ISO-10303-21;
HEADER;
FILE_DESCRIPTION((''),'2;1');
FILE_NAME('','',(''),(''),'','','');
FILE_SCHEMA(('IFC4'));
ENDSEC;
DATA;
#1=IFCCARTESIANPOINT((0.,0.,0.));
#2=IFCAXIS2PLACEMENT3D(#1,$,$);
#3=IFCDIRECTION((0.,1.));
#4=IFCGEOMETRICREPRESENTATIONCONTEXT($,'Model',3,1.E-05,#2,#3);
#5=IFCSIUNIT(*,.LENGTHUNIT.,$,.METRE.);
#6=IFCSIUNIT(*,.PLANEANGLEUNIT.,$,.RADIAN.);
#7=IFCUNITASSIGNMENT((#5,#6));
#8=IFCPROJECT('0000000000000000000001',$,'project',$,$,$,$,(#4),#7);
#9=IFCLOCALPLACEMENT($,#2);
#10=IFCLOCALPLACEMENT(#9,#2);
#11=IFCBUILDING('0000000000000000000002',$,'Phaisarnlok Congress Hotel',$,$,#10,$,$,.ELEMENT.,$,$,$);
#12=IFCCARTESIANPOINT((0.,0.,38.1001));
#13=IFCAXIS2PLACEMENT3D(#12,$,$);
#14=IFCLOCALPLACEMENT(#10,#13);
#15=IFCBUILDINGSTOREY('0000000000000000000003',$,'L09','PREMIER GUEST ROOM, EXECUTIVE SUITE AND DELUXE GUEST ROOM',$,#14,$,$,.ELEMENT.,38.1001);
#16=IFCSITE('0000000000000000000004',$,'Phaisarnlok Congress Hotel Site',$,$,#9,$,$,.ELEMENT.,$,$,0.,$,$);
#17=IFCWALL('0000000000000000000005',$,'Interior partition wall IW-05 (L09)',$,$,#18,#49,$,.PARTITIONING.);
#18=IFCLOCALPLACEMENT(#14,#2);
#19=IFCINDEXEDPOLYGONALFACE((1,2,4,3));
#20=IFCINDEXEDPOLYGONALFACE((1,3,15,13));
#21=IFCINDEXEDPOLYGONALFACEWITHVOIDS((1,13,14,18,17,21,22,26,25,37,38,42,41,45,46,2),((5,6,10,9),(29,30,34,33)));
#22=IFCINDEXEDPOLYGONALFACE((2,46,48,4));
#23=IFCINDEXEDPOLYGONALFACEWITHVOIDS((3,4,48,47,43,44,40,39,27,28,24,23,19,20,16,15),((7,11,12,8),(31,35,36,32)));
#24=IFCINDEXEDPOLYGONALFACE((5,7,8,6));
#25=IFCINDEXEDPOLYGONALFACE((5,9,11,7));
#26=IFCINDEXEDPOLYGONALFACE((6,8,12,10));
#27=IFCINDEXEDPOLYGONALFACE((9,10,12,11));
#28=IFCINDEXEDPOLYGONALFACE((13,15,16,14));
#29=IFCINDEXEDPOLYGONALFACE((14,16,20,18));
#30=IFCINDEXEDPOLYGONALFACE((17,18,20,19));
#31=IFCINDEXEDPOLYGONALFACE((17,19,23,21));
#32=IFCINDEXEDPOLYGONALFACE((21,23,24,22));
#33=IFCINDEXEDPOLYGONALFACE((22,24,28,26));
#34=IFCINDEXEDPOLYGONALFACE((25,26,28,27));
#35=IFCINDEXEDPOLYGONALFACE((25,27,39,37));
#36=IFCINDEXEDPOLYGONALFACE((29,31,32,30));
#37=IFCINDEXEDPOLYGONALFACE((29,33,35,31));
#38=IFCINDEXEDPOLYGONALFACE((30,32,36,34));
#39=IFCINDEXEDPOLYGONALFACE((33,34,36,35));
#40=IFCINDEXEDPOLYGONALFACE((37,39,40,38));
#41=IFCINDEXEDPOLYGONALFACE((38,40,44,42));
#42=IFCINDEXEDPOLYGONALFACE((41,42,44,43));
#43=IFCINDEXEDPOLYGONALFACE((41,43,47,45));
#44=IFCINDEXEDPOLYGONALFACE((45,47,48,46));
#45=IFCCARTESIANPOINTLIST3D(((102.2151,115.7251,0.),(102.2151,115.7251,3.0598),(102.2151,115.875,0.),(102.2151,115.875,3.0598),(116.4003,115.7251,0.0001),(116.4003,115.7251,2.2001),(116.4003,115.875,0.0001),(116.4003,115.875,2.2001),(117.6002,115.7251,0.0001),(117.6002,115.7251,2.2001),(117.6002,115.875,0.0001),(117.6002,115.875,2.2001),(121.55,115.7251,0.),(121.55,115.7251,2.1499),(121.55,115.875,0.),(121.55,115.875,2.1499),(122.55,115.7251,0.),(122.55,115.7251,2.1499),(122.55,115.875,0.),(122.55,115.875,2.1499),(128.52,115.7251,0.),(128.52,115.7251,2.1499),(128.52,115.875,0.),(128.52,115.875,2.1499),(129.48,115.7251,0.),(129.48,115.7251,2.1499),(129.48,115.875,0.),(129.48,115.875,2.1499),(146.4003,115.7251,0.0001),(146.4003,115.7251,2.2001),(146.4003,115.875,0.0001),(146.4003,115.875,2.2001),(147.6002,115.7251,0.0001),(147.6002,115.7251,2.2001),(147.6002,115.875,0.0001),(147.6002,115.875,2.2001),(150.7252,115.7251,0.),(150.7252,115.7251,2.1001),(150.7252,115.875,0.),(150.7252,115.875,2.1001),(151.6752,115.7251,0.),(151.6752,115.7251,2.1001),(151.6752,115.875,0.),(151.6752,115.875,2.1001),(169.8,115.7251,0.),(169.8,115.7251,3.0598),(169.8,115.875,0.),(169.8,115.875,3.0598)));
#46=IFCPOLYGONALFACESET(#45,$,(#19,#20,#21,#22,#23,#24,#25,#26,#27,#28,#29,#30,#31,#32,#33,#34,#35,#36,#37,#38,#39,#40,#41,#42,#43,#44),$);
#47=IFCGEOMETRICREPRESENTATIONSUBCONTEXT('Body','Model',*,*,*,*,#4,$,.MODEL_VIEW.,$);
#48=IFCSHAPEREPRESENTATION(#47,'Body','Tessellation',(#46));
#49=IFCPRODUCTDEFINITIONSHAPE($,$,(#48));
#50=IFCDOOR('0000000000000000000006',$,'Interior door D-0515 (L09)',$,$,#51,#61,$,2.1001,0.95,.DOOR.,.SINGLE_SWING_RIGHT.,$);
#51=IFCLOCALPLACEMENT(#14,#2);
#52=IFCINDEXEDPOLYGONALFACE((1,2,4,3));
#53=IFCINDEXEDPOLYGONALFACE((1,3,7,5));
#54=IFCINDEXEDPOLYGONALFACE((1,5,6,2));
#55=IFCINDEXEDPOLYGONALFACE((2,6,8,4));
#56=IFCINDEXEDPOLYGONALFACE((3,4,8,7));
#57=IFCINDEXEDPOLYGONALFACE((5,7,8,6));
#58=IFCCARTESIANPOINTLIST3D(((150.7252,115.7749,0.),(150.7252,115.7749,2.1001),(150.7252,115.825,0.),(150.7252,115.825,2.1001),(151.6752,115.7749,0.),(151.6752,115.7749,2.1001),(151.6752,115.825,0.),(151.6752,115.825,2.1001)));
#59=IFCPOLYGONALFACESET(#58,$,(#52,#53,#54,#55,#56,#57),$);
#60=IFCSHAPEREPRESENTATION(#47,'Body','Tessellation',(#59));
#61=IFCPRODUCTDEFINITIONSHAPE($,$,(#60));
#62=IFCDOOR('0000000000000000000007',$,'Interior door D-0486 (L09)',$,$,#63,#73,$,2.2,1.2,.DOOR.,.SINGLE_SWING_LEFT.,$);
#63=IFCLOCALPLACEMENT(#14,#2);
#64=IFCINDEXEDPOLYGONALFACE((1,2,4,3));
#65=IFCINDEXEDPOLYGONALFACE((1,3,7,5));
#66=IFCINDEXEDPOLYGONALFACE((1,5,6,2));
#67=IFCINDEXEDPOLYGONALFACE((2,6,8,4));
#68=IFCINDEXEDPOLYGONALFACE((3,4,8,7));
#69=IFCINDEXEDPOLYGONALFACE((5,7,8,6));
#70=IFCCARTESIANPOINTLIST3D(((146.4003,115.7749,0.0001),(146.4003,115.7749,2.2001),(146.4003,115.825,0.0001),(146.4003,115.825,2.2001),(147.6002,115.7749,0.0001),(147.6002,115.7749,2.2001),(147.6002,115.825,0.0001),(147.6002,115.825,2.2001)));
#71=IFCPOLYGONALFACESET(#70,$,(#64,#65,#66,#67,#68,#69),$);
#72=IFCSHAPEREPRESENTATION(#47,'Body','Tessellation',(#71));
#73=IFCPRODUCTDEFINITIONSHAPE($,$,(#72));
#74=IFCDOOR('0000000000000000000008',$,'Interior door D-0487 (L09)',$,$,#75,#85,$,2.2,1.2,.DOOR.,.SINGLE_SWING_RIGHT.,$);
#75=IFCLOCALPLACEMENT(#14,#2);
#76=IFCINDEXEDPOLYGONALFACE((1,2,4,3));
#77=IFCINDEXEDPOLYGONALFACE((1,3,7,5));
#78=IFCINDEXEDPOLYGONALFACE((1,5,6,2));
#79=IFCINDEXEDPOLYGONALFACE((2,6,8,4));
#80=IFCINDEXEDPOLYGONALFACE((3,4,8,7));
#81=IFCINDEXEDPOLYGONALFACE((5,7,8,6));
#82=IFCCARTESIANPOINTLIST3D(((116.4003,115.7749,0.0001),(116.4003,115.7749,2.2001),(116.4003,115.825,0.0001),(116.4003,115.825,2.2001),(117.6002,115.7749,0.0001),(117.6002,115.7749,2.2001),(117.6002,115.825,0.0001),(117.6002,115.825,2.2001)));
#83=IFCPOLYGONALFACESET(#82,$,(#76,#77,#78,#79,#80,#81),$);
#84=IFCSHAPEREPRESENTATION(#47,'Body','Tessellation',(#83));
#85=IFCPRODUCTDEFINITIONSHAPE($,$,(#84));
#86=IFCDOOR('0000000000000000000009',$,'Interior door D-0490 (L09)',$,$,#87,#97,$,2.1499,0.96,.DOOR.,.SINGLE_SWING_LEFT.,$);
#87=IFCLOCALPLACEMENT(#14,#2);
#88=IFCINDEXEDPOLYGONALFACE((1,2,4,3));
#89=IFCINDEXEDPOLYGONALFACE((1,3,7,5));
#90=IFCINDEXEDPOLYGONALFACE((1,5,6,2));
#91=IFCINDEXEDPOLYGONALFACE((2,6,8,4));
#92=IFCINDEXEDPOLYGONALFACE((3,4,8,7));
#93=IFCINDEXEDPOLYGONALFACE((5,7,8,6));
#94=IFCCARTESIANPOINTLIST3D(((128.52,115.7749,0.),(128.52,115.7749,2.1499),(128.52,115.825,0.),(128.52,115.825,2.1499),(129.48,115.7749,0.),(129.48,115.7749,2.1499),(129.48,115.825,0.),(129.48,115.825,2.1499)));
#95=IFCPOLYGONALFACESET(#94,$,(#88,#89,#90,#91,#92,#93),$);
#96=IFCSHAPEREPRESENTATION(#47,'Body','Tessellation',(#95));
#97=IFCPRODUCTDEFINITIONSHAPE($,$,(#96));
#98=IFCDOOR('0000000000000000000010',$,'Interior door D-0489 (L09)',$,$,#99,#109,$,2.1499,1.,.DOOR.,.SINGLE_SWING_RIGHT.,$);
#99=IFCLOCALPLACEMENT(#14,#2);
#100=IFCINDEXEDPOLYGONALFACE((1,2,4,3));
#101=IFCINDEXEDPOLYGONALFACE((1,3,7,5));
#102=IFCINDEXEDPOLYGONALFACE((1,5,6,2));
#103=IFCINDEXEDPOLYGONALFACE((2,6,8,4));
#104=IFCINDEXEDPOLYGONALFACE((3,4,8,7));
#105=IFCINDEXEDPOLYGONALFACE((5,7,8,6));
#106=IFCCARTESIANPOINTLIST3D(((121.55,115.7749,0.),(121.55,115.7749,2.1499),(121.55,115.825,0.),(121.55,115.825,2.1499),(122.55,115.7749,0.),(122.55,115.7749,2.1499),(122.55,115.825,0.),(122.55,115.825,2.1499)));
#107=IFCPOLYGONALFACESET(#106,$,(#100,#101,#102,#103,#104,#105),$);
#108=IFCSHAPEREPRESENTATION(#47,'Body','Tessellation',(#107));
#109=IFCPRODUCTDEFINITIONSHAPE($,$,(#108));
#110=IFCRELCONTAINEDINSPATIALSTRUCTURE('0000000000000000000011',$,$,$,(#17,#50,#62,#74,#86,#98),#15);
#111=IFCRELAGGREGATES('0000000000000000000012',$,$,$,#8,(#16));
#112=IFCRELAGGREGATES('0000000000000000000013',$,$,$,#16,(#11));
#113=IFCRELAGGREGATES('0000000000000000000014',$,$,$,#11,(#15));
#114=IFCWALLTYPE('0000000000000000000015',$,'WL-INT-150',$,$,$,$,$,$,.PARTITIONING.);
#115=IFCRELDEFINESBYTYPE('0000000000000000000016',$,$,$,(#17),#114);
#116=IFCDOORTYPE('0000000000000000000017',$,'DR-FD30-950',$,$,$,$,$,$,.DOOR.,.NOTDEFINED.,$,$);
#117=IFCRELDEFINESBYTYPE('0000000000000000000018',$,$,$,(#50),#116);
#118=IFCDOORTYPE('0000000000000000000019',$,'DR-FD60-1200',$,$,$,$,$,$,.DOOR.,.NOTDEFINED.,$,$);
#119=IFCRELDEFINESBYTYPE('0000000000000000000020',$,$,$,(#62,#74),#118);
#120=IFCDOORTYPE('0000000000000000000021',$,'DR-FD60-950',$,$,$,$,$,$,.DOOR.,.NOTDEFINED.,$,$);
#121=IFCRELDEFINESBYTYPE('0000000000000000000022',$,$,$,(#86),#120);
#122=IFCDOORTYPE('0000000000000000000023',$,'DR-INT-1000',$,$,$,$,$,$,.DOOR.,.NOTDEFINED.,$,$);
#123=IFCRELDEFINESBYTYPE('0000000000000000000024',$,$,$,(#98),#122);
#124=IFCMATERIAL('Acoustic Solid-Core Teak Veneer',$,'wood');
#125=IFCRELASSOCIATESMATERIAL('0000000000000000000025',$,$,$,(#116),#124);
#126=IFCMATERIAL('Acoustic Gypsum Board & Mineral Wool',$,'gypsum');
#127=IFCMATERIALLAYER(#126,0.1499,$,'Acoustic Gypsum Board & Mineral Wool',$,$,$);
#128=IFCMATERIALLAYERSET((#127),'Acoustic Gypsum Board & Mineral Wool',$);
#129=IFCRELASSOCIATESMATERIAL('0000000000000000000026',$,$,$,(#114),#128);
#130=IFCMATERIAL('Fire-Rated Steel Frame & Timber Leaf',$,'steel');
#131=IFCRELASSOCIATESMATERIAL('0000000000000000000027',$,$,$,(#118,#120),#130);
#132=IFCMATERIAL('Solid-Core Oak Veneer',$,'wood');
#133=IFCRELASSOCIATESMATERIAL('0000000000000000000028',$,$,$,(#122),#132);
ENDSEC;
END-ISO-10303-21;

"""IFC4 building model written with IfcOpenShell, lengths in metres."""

from ifc_helpers import new_model, si_unit, direction, frame, frame_2d, origin, place, context, subcontext, project, spatial, rectangle, extrude, material, layer, layer_set, type_object, element, fill, save


model = new_model("IFC4")

# Units and contexts
model_context = context("Model", 3, precision=1e-05, world=origin(), true_north=direction((0.0, 1.0)))
body_context = subcontext(model_context, "Body", "Model", "MODEL_VIEW")
ifc_project = project(units=[si_unit("LENGTHUNIT", "METRE"), si_unit("PLANEANGLEUNIT", "RADIAN")], contexts=[model_context])

# Site, building, storey
site_placement = place(None, origin())
site = spatial("IfcSite", under=ifc_project, at=site_placement, Name="Phaisarnlok Congress Hotel Site", CompositionType="ELEMENT", RefElevation=0.0)
building_placement = place(site_placement, origin())
building = spatial("IfcBuilding", under=site, at=building_placement, Name="Phaisarnlok Congress Hotel", CompositionType="ELEMENT")
storey_placement = place(building_placement, frame((0.0, 0.0, 38.1001)))
storey = spatial("IfcBuildingStorey", under=building, at=storey_placement, Name="L09", Description="PREMIER GUEST ROOM, EXECUTIVE SUITE AND DELUXE GUEST ROOM", CompositionType="ELEMENT", Elevation=38.1001)

# Wall, openings, doors
ifc_material_1 = material(Name="Acoustic Solid-Core Teak Veneer", Category="wood")
door_type_1 = type_object("IfcDoorType", Name="DR-FD30-950", OperationType="NOTDEFINED", PredefinedType="DOOR", material=ifc_material_1)
ifc_material_2 = material(Name="Acoustic Gypsum Board & Mineral Wool", Category="gypsum")
ifc_layer_1 = layer(ifc_material_2, 0.1499, Name="Acoustic Gypsum Board & Mineral Wool")
ifc_layer_set_1 = layer_set([ifc_layer_1], Name="Acoustic Gypsum Board & Mineral Wool")
wall_type_1 = type_object("IfcWallType", Name="WL-INT-150", PredefinedType="PARTITIONING", material=ifc_layer_set_1)
wall_1_placement = place(storey_placement, frame((102.2151, 115.8, 0.0), z_axis=(0.0, 0.0, 1.0), x_axis=(1.0, 0.0, 0.0)))
wall_1 = element("IfcWall", 1, at=wall_1_placement, inside=storey, type_object=wall_type_1, Name="Interior partition wall IW-05 (L09)", PredefinedType="PARTITIONING", context=body_context, shape_type="SweptSolid", body=[
    extrude(rectangle(XDim=67.585, YDim=0.1499, at=frame_2d((33.7925, 0.0))), origin(), (0.0, 0.0, 1.0), 3.0598),
])
opening_1_placement = place(wall_1_placement, frame((44.1851, 0.0, 0.0)))
opening_1 = element("IfcOpeningElement", 2, at=opening_1_placement, cuts=wall_1, PredefinedType="OPENING", context=body_context, shape_type="SweptSolid", body=[
    extrude(rectangle(XDim=1.2, YDim=2.2, at=frame_2d((0.6001, 1.1001))), frame((0.0, 0.085, 0.0), z_axis=(0.0, -1.0, 0.0), x_axis=(1.0, 0.0, 0.0)), (0.0, 0.0, 1.0), 0.1699),
])
opening_2_placement = place(wall_1_placement, frame((14.1851, 0.0, 0.0)))
opening_2 = element("IfcOpeningElement", 3, at=opening_2_placement, cuts=wall_1, PredefinedType="OPENING", context=body_context, shape_type="SweptSolid", body=[
    extrude(rectangle(XDim=1.2, YDim=2.2, at=frame_2d((0.6001, 1.1001))), frame((0.0, 0.085, 0.0), z_axis=(0.0, -1.0, 0.0), x_axis=(1.0, 0.0, 0.0)), (0.0, 0.0, 1.0), 0.1699),
])
opening_3_placement = place(wall_1_placement, frame((19.335, 0.0, 0.0)))
opening_3 = element("IfcOpeningElement", 4, at=opening_3_placement, cuts=wall_1, PredefinedType="OPENING", context=body_context, shape_type="SweptSolid", body=[
    extrude(rectangle(XDim=1.0, YDim=2.1499, at=frame_2d((0.5, 1.075))), frame((0.0, 0.085, 0.0), z_axis=(0.0, -1.0, 0.0), x_axis=(1.0, 0.0, 0.0)), (0.0, 0.0, 1.0), 0.1699),
])
opening_4_placement = place(wall_1_placement, frame((26.3049, 0.0, 0.0)))
opening_4 = element("IfcOpeningElement", 5, at=opening_4_placement, cuts=wall_1, PredefinedType="OPENING", context=body_context, shape_type="SweptSolid", body=[
    extrude(rectangle(XDim=0.96, YDim=2.1499, at=frame_2d((0.48, 1.075))), frame((0.0, 0.085, 0.0), z_axis=(0.0, -1.0, 0.0), x_axis=(1.0, 0.0, 0.0)), (0.0, 0.0, 1.0), 0.1699),
])
opening_5_placement = place(wall_1_placement, frame((48.51, 0.0, 0.0)))
opening_5 = element("IfcOpeningElement", 6, at=opening_5_placement, cuts=wall_1, PredefinedType="OPENING", context=body_context, shape_type="SweptSolid", body=[
    extrude(rectangle(XDim=0.95, YDim=2.1001, at=frame_2d((0.4751, 1.05))), frame((0.0, 0.085, 0.0), z_axis=(0.0, -1.0, 0.0), x_axis=(1.0, 0.0, 0.0)), (0.0, 0.0, 1.0), 0.1699),
])
door_1_placement = place(opening_5_placement, origin())
door_1 = element("IfcDoor", 7, at=door_1_placement, inside=storey, type_object=door_type_1, Name="Interior door D-0515 (L09)", OperationType="SINGLE_SWING_RIGHT", OverallHeight=2.1001, OverallWidth=0.95, PredefinedType="DOOR", context=body_context, shape_type="SweptSolid", body=[
    extrude(rectangle(XDim=0.95, YDim=2.1001, at=frame_2d((0.4751, 1.05))), frame((0.0, 0.0249, 0.0), z_axis=(0.0, -1.0, 0.0), x_axis=(1.0, 0.0, 0.0)), (0.0, 0.0, 1.0), 0.05),
])
fill(opening_5, door_1)
ifc_material_3 = material(Name="Fire-Rated Steel Frame & Timber Leaf", Category="steel")
door_type_2 = type_object("IfcDoorType", Name="DR-FD60-1200", OperationType="NOTDEFINED", PredefinedType="DOOR", material=ifc_material_3)
door_2_placement = place(opening_1_placement, origin())
door_2 = element("IfcDoor", 8, at=door_2_placement, inside=storey, type_object=door_type_2, Name="Interior door D-0486 (L09)", OperationType="SINGLE_SWING_LEFT", OverallHeight=2.2, OverallWidth=1.2, PredefinedType="DOOR", context=body_context, shape_type="SweptSolid", body=[
    extrude(rectangle(XDim=1.2, YDim=2.2, at=frame_2d((0.6001, 1.1001))), frame((0.0, 0.0249, 0.0), z_axis=(0.0, -1.0, 0.0), x_axis=(1.0, 0.0, 0.0)), (0.0, 0.0, 1.0), 0.05),
])
fill(opening_1, door_2)
door_3_placement = place(opening_2_placement, origin())
door_3 = element("IfcDoor", 9, at=door_3_placement, inside=storey, type_object=door_type_2, Name="Interior door D-0487 (L09)", OperationType="SINGLE_SWING_RIGHT", OverallHeight=2.2, OverallWidth=1.2, PredefinedType="DOOR", context=body_context, shape_type="SweptSolid", body=[
    extrude(rectangle(XDim=1.2, YDim=2.2, at=frame_2d((0.6001, 1.1001))), frame((0.0, 0.0249, 0.0), z_axis=(0.0, -1.0, 0.0), x_axis=(1.0, 0.0, 0.0)), (0.0, 0.0, 1.0), 0.05),
])
fill(opening_2, door_3)
door_type_3 = type_object("IfcDoorType", Name="DR-FD60-950", OperationType="NOTDEFINED", PredefinedType="DOOR", material=ifc_material_3)
door_4_placement = place(opening_4_placement, origin())
door_4 = element("IfcDoor", 10, at=door_4_placement, inside=storey, type_object=door_type_3, Name="Interior door D-0490 (L09)", OperationType="SINGLE_SWING_LEFT", OverallHeight=2.1499, OverallWidth=0.96, PredefinedType="DOOR", context=body_context, shape_type="SweptSolid", body=[
    extrude(rectangle(XDim=0.96, YDim=2.1499, at=frame_2d((0.48, 1.075))), frame((0.0, 0.0249, 0.0), z_axis=(0.0, -1.0, 0.0), x_axis=(1.0, 0.0, 0.0)), (0.0, 0.0, 1.0), 0.05),
])
fill(opening_4, door_4)
ifc_material_4 = material(Name="Solid-Core Oak Veneer", Category="wood")
door_type_4 = type_object("IfcDoorType", Name="DR-INT-1000", OperationType="NOTDEFINED", PredefinedType="DOOR", material=ifc_material_4)
door_5_placement = place(opening_3_placement, origin())
door_5 = element("IfcDoor", 11, at=door_5_placement, inside=storey, type_object=door_type_4, Name="Interior door D-0489 (L09)", OperationType="SINGLE_SWING_RIGHT", OverallHeight=2.1499, OverallWidth=1.0, PredefinedType="DOOR", context=body_context, shape_type="SweptSolid", body=[
    extrude(rectangle(XDim=1.0, YDim=2.1499, at=frame_2d((0.5, 1.075))), frame((0.0, 0.0249, 0.0), z_axis=(0.0, -1.0, 0.0), x_axis=(1.0, 0.0, 0.0)), (0.0, 0.0, 1.0), 0.05),
])
fill(opening_3, door_5)

save(model, "model.ifc")
